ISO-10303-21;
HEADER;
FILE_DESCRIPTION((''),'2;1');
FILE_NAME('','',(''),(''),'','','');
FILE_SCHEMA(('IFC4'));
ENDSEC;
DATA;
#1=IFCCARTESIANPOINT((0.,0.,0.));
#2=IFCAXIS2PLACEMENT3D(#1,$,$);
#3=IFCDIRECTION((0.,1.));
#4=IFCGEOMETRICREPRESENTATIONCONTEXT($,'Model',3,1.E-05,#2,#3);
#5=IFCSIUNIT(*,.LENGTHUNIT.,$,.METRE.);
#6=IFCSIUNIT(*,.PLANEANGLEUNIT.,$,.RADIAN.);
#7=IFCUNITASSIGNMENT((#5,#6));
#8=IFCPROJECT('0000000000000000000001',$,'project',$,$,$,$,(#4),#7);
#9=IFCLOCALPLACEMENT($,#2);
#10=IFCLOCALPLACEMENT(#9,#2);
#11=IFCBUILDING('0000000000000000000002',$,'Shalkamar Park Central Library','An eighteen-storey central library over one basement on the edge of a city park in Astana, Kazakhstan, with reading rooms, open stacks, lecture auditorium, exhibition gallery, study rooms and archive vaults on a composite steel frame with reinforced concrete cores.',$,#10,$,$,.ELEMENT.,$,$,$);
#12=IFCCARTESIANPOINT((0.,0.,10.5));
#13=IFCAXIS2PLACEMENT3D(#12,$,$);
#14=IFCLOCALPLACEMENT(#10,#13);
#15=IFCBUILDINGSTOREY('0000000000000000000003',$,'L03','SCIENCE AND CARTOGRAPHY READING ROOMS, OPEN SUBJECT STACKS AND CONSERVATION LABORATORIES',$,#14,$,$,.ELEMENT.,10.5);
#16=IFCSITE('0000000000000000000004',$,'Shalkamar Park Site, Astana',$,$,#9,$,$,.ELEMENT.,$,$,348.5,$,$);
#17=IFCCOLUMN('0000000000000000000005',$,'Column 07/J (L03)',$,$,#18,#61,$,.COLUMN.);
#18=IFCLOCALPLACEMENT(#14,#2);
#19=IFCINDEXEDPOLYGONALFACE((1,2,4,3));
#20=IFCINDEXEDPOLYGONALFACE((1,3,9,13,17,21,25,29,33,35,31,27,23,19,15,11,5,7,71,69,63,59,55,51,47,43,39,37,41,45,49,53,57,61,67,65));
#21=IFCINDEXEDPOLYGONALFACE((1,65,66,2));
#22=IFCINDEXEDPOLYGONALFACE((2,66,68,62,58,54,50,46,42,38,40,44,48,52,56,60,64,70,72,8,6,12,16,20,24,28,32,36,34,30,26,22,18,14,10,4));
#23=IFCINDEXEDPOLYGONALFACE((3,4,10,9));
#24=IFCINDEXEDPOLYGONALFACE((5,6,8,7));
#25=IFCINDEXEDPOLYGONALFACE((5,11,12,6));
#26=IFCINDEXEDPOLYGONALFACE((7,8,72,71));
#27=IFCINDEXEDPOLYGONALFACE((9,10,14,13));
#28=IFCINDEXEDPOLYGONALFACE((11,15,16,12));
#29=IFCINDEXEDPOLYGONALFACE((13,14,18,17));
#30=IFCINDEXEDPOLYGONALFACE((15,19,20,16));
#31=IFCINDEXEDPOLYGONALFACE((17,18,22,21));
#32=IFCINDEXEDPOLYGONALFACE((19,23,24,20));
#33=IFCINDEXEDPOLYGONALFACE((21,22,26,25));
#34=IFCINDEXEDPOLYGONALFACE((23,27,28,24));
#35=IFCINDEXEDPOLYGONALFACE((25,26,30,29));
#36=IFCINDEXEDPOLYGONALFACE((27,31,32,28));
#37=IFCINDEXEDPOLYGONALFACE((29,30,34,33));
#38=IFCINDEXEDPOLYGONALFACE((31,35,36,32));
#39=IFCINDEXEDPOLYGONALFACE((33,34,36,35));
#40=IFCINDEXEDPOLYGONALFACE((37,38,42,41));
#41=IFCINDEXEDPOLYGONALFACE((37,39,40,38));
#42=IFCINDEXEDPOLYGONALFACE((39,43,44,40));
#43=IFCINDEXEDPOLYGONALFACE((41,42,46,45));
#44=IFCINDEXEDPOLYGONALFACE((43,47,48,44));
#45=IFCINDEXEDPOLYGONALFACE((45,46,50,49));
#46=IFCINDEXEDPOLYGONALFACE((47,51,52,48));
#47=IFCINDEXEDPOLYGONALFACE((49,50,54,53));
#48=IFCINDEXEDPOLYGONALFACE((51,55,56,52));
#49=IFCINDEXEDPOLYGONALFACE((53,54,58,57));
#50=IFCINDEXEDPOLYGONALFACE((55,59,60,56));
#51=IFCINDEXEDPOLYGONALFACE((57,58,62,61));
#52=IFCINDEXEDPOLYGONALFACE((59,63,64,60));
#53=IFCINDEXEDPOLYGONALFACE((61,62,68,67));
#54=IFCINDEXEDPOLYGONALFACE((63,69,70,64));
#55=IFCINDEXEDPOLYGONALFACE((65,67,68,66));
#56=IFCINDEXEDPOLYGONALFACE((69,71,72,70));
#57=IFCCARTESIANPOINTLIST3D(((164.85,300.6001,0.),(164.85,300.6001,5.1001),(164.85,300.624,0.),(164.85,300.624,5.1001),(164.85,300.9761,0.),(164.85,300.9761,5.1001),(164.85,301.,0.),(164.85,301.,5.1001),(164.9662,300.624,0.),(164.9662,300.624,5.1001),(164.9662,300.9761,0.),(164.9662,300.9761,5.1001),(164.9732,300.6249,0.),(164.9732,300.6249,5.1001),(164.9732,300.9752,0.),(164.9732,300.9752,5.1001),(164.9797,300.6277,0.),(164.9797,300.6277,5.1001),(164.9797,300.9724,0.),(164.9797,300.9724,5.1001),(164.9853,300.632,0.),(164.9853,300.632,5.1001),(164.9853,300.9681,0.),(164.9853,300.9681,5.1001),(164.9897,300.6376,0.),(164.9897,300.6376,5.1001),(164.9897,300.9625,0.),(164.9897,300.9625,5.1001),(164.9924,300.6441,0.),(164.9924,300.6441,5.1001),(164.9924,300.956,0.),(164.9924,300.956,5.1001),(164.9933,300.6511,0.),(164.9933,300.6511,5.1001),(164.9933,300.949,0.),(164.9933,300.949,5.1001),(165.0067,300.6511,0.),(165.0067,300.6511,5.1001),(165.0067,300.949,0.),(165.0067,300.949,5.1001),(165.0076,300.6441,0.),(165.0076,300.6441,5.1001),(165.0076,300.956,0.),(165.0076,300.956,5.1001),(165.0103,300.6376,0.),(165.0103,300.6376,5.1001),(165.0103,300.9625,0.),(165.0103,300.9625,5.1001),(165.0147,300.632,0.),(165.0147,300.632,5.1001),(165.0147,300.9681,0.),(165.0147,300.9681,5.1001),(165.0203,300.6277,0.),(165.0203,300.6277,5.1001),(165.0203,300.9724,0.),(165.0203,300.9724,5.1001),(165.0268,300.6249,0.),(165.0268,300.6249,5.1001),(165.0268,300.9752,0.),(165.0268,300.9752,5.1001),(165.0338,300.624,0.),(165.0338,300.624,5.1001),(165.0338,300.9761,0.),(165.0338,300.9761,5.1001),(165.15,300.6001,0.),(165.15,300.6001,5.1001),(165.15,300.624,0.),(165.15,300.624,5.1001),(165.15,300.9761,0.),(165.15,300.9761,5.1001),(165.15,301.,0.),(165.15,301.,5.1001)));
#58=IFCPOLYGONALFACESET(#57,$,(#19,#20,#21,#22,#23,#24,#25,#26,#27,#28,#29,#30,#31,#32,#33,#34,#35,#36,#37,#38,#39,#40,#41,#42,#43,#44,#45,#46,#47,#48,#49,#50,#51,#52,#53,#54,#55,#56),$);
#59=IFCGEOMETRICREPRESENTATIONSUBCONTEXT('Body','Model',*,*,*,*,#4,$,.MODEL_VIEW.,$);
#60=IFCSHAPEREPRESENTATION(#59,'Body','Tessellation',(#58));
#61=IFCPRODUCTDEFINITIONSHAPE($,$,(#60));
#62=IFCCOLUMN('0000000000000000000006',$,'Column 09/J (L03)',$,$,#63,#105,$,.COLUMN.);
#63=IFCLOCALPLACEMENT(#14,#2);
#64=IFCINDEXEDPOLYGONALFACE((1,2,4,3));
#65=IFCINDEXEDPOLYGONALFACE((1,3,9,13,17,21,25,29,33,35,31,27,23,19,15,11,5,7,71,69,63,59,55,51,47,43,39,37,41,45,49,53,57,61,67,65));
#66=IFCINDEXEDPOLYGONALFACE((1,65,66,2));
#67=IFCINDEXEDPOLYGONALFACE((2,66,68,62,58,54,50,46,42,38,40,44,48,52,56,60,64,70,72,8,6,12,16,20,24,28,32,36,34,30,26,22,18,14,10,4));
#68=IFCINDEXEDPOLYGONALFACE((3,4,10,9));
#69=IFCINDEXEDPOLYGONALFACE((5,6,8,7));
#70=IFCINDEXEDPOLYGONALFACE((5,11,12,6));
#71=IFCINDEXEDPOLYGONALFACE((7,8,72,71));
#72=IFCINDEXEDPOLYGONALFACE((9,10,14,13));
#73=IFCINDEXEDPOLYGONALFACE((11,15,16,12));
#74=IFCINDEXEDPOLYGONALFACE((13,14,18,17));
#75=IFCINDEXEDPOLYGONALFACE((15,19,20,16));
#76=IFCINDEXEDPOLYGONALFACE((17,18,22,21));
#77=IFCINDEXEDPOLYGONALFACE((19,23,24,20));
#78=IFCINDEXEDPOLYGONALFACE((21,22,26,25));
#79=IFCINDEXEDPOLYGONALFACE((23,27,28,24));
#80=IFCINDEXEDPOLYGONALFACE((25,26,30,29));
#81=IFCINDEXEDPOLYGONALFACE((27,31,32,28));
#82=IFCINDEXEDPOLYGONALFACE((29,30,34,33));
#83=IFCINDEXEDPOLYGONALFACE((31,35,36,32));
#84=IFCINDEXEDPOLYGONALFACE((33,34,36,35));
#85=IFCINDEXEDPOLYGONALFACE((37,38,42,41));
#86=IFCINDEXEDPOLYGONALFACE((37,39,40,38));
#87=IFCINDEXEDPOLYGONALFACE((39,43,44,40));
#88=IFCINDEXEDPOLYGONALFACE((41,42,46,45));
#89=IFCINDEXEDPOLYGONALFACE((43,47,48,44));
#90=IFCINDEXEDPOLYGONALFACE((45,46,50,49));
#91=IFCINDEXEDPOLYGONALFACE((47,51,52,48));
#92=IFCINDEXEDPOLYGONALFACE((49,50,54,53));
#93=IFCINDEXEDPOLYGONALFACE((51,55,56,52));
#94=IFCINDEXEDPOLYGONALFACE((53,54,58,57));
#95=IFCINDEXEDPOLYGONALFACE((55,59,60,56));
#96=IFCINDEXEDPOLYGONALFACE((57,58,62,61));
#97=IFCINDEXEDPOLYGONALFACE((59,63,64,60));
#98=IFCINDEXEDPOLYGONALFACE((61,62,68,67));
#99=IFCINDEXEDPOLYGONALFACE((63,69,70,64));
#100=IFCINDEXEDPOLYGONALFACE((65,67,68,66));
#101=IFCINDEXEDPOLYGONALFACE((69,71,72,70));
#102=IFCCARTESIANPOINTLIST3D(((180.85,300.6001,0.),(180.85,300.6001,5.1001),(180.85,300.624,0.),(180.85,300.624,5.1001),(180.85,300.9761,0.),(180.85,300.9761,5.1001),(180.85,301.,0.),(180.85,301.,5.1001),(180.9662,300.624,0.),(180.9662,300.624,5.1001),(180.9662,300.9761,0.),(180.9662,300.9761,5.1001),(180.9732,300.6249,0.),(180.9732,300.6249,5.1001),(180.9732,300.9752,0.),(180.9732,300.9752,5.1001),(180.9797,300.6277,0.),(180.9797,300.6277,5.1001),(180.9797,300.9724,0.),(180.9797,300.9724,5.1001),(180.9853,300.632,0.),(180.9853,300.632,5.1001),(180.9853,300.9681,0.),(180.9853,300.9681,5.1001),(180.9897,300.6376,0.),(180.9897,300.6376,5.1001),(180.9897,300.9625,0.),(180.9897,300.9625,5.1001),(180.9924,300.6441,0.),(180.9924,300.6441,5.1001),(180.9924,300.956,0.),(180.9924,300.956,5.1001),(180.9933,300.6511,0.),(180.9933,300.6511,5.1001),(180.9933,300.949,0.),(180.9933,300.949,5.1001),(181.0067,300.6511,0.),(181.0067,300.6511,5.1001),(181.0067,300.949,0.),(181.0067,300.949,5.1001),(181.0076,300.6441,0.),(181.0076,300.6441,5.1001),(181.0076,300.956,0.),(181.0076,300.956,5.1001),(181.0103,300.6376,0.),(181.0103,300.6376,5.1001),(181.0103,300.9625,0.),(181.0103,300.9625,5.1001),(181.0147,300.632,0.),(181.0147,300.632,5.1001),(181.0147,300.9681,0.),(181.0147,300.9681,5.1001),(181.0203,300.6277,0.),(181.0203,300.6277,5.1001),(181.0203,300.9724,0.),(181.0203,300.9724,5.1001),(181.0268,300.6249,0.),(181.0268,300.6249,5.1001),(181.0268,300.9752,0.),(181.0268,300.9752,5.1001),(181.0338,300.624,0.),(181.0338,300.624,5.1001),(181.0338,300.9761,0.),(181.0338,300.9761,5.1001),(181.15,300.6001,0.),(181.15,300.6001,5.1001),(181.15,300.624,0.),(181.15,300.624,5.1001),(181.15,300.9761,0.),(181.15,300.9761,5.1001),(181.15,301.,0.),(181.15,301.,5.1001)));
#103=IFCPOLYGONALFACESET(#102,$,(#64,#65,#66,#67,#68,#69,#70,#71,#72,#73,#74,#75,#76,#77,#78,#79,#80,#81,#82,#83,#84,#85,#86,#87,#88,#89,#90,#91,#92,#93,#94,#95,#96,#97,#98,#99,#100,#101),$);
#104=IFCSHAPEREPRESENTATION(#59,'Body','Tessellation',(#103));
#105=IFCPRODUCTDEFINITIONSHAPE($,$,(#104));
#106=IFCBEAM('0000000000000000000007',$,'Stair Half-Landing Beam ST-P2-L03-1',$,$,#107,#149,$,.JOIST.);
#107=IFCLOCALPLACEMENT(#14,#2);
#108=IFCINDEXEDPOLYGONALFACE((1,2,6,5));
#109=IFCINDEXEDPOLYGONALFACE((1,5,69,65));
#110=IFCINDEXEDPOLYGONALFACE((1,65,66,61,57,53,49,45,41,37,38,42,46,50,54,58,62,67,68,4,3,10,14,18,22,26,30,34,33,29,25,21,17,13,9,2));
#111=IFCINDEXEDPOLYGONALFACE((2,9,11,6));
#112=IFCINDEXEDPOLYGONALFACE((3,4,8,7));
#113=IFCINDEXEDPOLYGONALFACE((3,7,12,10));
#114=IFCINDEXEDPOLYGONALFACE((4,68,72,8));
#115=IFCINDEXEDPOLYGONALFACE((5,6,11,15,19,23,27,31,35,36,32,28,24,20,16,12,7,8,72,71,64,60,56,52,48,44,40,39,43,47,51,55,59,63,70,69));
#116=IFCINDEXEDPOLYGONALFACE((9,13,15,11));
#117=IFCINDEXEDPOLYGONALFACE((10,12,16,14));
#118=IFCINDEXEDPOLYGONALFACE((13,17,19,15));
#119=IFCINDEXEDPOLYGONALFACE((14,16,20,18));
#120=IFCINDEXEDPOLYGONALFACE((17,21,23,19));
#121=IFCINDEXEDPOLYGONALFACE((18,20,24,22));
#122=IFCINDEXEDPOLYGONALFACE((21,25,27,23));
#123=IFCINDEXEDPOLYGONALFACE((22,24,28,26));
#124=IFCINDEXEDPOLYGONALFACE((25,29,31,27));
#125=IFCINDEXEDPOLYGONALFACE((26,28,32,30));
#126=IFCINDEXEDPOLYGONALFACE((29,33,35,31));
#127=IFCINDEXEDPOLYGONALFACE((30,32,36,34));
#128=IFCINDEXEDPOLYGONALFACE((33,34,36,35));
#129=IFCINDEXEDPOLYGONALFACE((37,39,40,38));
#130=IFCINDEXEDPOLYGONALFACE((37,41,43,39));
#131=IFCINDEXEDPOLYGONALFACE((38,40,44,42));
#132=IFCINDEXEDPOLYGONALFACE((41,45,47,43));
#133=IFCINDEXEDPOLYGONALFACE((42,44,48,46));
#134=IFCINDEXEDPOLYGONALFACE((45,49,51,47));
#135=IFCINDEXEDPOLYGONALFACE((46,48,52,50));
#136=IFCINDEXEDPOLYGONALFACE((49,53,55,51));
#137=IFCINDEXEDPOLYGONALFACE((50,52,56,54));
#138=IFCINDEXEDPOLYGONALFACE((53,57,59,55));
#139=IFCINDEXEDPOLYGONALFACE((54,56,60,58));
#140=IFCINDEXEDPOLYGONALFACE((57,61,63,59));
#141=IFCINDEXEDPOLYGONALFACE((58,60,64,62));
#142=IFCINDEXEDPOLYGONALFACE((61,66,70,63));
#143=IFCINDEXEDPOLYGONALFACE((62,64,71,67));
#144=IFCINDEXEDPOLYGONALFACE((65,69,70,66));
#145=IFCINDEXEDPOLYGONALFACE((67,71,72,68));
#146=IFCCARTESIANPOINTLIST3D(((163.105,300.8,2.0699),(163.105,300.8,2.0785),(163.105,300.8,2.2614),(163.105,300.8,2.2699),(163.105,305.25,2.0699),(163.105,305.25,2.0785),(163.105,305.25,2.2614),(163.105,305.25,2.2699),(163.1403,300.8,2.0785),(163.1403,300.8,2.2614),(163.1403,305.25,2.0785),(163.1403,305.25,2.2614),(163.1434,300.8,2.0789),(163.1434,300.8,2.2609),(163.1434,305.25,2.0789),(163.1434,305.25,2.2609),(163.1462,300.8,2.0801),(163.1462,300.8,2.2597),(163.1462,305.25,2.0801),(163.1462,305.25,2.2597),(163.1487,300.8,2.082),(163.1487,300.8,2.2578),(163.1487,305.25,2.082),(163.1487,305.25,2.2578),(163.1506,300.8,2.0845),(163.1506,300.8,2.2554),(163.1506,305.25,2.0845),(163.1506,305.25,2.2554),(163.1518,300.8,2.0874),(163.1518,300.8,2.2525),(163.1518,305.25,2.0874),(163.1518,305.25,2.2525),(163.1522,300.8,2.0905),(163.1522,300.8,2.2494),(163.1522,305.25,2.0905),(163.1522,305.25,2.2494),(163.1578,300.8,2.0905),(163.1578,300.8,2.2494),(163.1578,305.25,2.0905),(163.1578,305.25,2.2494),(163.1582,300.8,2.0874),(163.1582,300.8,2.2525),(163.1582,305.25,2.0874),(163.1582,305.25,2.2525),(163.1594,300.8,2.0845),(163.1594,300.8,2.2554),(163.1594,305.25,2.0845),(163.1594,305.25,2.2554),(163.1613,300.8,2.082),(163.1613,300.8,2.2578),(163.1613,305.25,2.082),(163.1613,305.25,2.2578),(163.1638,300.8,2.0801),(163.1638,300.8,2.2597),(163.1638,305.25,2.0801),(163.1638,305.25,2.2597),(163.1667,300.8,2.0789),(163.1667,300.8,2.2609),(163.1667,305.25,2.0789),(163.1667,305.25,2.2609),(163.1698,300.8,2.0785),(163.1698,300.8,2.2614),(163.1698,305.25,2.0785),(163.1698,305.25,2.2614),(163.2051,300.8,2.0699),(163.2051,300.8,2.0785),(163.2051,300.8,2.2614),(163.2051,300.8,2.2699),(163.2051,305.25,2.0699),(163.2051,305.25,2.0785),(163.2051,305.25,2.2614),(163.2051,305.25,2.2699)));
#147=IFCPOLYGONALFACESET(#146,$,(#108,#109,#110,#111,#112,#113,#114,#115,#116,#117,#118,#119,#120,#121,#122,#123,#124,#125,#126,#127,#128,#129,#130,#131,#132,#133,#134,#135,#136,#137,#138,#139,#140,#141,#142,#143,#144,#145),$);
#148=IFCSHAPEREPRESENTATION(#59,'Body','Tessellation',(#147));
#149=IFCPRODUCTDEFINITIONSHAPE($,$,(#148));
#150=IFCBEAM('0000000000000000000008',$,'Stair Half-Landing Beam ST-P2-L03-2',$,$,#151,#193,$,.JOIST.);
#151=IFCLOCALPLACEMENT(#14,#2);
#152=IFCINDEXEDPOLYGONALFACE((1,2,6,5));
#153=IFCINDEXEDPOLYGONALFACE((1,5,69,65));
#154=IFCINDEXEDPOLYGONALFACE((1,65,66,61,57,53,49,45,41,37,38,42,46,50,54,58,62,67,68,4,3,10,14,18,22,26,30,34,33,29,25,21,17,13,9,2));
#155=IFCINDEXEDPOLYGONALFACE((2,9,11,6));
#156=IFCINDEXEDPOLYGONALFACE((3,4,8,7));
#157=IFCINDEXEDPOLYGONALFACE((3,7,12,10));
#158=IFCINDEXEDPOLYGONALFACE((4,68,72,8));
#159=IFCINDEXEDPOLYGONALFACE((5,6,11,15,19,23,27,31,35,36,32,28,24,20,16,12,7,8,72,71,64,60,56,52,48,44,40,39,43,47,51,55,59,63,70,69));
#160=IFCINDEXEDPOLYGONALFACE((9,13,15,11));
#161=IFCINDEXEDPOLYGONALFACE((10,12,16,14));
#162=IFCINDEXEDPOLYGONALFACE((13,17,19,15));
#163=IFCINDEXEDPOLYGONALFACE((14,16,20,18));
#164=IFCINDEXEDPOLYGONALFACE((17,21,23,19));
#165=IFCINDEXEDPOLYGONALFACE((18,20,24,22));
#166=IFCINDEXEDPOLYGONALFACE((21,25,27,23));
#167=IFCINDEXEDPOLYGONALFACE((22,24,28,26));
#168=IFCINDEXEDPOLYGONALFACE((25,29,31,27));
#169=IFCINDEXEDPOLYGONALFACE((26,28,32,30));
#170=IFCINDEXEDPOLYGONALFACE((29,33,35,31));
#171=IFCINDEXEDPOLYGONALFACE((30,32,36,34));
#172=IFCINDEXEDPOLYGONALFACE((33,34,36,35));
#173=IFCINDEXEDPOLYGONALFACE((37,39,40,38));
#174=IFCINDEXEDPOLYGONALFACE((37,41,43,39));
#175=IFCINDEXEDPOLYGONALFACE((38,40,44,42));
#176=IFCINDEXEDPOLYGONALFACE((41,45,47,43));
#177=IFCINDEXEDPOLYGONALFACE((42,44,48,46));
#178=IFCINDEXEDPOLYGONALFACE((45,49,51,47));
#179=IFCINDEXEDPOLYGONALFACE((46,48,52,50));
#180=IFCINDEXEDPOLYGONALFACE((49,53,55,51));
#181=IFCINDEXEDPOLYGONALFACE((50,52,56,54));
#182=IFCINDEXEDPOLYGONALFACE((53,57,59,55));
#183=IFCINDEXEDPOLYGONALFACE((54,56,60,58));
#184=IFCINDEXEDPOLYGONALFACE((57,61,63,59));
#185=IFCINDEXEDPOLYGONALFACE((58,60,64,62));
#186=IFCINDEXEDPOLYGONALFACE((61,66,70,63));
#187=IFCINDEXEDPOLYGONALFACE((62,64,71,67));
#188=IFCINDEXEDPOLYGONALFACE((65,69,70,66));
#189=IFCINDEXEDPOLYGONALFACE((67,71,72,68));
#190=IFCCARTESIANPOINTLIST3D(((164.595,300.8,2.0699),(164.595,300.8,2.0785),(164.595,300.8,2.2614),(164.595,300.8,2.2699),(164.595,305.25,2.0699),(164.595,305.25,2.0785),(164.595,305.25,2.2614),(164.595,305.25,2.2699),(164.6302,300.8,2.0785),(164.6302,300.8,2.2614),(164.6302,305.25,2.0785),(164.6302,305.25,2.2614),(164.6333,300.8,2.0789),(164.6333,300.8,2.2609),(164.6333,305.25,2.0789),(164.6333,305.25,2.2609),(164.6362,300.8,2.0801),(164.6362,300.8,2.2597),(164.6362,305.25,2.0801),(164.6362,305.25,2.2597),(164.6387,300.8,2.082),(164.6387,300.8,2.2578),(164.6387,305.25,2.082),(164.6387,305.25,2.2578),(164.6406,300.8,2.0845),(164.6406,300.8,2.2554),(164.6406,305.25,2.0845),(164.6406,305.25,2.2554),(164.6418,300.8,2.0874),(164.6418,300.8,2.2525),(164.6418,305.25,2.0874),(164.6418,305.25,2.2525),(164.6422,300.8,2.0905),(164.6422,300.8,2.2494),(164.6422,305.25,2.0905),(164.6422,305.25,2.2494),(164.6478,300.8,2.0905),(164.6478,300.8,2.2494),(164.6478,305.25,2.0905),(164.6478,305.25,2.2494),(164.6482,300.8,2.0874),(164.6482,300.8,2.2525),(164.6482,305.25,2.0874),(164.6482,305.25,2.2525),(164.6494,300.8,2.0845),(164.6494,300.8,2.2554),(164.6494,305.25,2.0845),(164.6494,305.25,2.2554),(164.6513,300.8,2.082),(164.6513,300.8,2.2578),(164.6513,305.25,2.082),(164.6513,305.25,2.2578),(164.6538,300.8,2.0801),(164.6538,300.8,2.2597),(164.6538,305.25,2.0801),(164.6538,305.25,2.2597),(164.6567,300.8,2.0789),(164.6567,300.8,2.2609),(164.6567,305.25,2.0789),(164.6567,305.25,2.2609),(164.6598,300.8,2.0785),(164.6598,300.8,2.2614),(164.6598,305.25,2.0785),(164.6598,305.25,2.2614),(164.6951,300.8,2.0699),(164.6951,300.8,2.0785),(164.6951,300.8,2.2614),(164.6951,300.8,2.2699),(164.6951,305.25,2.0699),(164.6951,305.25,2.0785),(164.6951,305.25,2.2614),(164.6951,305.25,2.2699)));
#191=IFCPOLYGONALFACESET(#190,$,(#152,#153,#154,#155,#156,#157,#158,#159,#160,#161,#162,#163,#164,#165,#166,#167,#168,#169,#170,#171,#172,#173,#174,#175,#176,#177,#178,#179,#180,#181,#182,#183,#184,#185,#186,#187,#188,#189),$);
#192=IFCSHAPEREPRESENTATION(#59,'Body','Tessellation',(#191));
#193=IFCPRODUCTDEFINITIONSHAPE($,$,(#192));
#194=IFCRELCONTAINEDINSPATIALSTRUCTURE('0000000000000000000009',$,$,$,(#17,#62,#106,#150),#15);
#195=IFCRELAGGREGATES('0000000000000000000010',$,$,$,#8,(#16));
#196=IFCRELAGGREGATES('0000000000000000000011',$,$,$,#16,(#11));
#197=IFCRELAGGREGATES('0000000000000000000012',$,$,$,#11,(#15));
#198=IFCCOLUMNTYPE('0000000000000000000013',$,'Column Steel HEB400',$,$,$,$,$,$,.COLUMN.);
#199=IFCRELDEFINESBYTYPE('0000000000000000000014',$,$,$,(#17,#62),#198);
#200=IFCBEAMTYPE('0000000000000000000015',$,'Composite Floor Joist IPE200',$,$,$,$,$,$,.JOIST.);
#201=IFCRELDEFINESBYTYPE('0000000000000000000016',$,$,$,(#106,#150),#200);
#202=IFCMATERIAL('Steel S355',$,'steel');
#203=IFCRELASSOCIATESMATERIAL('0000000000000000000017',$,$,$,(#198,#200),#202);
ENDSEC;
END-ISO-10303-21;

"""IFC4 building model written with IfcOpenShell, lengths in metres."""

from ifc_helpers import new_model, si_unit, direction, frame, origin, origin_2d, place, context, subcontext, project, spatial, i_section, extrude, material, material_profile, profile_set, type_object, element, save


model = new_model("IFC4")

# Units and contexts
model_context = context("Model", 3, precision=1e-05, world=origin(), true_north=direction((0.0, 1.0)))
body_context = subcontext(model_context, "Body", "Model", "MODEL_VIEW")
ifc_project = project(units=[si_unit("LENGTHUNIT", "METRE"), si_unit("PLANEANGLEUNIT", "RADIAN")], contexts=[model_context])

# Site, building, storey
site_placement = place(None, origin())
site = spatial("IfcSite", under=ifc_project, at=site_placement, Name="Shalkamar Park Site, Astana", CompositionType="ELEMENT", RefElevation=348.5)
building_placement = place(site_placement, origin())
building = spatial("IfcBuilding", under=site, at=building_placement, Name="Shalkamar Park Central Library", Description="An eighteen-storey central library over one basement on the edge of a city park in Astana, Kazakhstan, with reading rooms, open stacks, lecture auditorium, exhibition gallery, study rooms and archive vaults on a composite steel frame with reinforced concrete cores.", CompositionType="ELEMENT")
storey_placement = place(building_placement, frame((0.0, 0.0, 10.5)))
storey = spatial("IfcBuildingStorey", under=building, at=storey_placement, Name="L03", Description="SCIENCE AND CARTOGRAPHY READING ROOMS, OPEN SUBJECT STACKS AND CONSERVATION LABORATORIES", CompositionType="ELEMENT", Elevation=10.5)

# Columns
ifc_material_1 = material(Name="Steel S355", Category="steel")
ifc_material_profile_1 = material_profile(ifc_material_1, i_section(OverallWidth=0.3, OverallDepth=0.3999, WebThickness=0.0134, FlangeThickness=0.0239, FilletRadius=0.0271, at=origin_2d()), Name="HEB 400")
ifc_profile_set_1 = profile_set([ifc_material_profile_1], Name="Steel S355")
column_type_1 = type_object("IfcColumnType", Name="Column Steel HEB400", PredefinedType="COLUMN", material=ifc_profile_set_1)
for number, where, z_axis, x_axis, name in (
    (1, (165.0, 300.8, 0.0), (0.0, 0.0, 1.0), (1.0, 0.0, 0.0), "Column 07/J (L03)"),
    (2, (181.0, 300.8, 0.0), (0.0, 0.0, 1.0), (1.0, 0.0, 0.0), "Column 09/J (L03)"),
):
    element("IfcColumn", number, at=place(storey_placement, frame(where, z_axis=z_axis, x_axis=x_axis)), inside=storey, type_object=column_type_1, Name=name, PredefinedType="COLUMN", context=body_context, shape_type="SweptSolid", body=[
        extrude(i_section(OverallWidth=0.3, OverallDepth=0.3999, WebThickness=0.0134, FlangeThickness=0.0239, FilletRadius=0.0271, at=origin_2d()), origin(), (0.0, 0.0, 1.0), 5.1001),
    ])

# Beams
ifc_material_profile_2 = material_profile(ifc_material_1, i_section(OverallWidth=0.1001, OverallDepth=0.2, WebThickness=0.0056, FlangeThickness=0.0085, FilletRadius=0.012, at=origin_2d()), Name="IPE 200")
ifc_profile_set_2 = profile_set([ifc_material_profile_2], Name="Steel S355")
beam_type_1 = type_object("IfcBeamType", Name="Composite Floor Joist IPE200", PredefinedType="JOIST", material=ifc_profile_set_2)
for number, where, z_axis, x_axis, name in (
    (3, (163.155, 300.8, 2.1699), (0.0, 1.0, 0.0), (-1.0, 0.0, 0.0), "Stair Half-Landing Beam ST-P2-L03-1"),
    (4, (164.645, 300.8, 2.1699), (0.0, 1.0, 0.0), (-1.0, 0.0, 0.0), "Stair Half-Landing Beam ST-P2-L03-2"),
):
    element("IfcBeam", number, at=place(storey_placement, frame(where, z_axis=z_axis, x_axis=x_axis)), inside=storey, type_object=beam_type_1, Name=name, PredefinedType="JOIST", context=body_context, shape_type="SweptSolid", body=[
        extrude(i_section(OverallWidth=0.1001, OverallDepth=0.2, WebThickness=0.0056, FlangeThickness=0.0085, FilletRadius=0.012, at=origin_2d()), origin(), (0.0, 0.0, 1.0), 4.45),
    ])

save(model, "model.ifc")
